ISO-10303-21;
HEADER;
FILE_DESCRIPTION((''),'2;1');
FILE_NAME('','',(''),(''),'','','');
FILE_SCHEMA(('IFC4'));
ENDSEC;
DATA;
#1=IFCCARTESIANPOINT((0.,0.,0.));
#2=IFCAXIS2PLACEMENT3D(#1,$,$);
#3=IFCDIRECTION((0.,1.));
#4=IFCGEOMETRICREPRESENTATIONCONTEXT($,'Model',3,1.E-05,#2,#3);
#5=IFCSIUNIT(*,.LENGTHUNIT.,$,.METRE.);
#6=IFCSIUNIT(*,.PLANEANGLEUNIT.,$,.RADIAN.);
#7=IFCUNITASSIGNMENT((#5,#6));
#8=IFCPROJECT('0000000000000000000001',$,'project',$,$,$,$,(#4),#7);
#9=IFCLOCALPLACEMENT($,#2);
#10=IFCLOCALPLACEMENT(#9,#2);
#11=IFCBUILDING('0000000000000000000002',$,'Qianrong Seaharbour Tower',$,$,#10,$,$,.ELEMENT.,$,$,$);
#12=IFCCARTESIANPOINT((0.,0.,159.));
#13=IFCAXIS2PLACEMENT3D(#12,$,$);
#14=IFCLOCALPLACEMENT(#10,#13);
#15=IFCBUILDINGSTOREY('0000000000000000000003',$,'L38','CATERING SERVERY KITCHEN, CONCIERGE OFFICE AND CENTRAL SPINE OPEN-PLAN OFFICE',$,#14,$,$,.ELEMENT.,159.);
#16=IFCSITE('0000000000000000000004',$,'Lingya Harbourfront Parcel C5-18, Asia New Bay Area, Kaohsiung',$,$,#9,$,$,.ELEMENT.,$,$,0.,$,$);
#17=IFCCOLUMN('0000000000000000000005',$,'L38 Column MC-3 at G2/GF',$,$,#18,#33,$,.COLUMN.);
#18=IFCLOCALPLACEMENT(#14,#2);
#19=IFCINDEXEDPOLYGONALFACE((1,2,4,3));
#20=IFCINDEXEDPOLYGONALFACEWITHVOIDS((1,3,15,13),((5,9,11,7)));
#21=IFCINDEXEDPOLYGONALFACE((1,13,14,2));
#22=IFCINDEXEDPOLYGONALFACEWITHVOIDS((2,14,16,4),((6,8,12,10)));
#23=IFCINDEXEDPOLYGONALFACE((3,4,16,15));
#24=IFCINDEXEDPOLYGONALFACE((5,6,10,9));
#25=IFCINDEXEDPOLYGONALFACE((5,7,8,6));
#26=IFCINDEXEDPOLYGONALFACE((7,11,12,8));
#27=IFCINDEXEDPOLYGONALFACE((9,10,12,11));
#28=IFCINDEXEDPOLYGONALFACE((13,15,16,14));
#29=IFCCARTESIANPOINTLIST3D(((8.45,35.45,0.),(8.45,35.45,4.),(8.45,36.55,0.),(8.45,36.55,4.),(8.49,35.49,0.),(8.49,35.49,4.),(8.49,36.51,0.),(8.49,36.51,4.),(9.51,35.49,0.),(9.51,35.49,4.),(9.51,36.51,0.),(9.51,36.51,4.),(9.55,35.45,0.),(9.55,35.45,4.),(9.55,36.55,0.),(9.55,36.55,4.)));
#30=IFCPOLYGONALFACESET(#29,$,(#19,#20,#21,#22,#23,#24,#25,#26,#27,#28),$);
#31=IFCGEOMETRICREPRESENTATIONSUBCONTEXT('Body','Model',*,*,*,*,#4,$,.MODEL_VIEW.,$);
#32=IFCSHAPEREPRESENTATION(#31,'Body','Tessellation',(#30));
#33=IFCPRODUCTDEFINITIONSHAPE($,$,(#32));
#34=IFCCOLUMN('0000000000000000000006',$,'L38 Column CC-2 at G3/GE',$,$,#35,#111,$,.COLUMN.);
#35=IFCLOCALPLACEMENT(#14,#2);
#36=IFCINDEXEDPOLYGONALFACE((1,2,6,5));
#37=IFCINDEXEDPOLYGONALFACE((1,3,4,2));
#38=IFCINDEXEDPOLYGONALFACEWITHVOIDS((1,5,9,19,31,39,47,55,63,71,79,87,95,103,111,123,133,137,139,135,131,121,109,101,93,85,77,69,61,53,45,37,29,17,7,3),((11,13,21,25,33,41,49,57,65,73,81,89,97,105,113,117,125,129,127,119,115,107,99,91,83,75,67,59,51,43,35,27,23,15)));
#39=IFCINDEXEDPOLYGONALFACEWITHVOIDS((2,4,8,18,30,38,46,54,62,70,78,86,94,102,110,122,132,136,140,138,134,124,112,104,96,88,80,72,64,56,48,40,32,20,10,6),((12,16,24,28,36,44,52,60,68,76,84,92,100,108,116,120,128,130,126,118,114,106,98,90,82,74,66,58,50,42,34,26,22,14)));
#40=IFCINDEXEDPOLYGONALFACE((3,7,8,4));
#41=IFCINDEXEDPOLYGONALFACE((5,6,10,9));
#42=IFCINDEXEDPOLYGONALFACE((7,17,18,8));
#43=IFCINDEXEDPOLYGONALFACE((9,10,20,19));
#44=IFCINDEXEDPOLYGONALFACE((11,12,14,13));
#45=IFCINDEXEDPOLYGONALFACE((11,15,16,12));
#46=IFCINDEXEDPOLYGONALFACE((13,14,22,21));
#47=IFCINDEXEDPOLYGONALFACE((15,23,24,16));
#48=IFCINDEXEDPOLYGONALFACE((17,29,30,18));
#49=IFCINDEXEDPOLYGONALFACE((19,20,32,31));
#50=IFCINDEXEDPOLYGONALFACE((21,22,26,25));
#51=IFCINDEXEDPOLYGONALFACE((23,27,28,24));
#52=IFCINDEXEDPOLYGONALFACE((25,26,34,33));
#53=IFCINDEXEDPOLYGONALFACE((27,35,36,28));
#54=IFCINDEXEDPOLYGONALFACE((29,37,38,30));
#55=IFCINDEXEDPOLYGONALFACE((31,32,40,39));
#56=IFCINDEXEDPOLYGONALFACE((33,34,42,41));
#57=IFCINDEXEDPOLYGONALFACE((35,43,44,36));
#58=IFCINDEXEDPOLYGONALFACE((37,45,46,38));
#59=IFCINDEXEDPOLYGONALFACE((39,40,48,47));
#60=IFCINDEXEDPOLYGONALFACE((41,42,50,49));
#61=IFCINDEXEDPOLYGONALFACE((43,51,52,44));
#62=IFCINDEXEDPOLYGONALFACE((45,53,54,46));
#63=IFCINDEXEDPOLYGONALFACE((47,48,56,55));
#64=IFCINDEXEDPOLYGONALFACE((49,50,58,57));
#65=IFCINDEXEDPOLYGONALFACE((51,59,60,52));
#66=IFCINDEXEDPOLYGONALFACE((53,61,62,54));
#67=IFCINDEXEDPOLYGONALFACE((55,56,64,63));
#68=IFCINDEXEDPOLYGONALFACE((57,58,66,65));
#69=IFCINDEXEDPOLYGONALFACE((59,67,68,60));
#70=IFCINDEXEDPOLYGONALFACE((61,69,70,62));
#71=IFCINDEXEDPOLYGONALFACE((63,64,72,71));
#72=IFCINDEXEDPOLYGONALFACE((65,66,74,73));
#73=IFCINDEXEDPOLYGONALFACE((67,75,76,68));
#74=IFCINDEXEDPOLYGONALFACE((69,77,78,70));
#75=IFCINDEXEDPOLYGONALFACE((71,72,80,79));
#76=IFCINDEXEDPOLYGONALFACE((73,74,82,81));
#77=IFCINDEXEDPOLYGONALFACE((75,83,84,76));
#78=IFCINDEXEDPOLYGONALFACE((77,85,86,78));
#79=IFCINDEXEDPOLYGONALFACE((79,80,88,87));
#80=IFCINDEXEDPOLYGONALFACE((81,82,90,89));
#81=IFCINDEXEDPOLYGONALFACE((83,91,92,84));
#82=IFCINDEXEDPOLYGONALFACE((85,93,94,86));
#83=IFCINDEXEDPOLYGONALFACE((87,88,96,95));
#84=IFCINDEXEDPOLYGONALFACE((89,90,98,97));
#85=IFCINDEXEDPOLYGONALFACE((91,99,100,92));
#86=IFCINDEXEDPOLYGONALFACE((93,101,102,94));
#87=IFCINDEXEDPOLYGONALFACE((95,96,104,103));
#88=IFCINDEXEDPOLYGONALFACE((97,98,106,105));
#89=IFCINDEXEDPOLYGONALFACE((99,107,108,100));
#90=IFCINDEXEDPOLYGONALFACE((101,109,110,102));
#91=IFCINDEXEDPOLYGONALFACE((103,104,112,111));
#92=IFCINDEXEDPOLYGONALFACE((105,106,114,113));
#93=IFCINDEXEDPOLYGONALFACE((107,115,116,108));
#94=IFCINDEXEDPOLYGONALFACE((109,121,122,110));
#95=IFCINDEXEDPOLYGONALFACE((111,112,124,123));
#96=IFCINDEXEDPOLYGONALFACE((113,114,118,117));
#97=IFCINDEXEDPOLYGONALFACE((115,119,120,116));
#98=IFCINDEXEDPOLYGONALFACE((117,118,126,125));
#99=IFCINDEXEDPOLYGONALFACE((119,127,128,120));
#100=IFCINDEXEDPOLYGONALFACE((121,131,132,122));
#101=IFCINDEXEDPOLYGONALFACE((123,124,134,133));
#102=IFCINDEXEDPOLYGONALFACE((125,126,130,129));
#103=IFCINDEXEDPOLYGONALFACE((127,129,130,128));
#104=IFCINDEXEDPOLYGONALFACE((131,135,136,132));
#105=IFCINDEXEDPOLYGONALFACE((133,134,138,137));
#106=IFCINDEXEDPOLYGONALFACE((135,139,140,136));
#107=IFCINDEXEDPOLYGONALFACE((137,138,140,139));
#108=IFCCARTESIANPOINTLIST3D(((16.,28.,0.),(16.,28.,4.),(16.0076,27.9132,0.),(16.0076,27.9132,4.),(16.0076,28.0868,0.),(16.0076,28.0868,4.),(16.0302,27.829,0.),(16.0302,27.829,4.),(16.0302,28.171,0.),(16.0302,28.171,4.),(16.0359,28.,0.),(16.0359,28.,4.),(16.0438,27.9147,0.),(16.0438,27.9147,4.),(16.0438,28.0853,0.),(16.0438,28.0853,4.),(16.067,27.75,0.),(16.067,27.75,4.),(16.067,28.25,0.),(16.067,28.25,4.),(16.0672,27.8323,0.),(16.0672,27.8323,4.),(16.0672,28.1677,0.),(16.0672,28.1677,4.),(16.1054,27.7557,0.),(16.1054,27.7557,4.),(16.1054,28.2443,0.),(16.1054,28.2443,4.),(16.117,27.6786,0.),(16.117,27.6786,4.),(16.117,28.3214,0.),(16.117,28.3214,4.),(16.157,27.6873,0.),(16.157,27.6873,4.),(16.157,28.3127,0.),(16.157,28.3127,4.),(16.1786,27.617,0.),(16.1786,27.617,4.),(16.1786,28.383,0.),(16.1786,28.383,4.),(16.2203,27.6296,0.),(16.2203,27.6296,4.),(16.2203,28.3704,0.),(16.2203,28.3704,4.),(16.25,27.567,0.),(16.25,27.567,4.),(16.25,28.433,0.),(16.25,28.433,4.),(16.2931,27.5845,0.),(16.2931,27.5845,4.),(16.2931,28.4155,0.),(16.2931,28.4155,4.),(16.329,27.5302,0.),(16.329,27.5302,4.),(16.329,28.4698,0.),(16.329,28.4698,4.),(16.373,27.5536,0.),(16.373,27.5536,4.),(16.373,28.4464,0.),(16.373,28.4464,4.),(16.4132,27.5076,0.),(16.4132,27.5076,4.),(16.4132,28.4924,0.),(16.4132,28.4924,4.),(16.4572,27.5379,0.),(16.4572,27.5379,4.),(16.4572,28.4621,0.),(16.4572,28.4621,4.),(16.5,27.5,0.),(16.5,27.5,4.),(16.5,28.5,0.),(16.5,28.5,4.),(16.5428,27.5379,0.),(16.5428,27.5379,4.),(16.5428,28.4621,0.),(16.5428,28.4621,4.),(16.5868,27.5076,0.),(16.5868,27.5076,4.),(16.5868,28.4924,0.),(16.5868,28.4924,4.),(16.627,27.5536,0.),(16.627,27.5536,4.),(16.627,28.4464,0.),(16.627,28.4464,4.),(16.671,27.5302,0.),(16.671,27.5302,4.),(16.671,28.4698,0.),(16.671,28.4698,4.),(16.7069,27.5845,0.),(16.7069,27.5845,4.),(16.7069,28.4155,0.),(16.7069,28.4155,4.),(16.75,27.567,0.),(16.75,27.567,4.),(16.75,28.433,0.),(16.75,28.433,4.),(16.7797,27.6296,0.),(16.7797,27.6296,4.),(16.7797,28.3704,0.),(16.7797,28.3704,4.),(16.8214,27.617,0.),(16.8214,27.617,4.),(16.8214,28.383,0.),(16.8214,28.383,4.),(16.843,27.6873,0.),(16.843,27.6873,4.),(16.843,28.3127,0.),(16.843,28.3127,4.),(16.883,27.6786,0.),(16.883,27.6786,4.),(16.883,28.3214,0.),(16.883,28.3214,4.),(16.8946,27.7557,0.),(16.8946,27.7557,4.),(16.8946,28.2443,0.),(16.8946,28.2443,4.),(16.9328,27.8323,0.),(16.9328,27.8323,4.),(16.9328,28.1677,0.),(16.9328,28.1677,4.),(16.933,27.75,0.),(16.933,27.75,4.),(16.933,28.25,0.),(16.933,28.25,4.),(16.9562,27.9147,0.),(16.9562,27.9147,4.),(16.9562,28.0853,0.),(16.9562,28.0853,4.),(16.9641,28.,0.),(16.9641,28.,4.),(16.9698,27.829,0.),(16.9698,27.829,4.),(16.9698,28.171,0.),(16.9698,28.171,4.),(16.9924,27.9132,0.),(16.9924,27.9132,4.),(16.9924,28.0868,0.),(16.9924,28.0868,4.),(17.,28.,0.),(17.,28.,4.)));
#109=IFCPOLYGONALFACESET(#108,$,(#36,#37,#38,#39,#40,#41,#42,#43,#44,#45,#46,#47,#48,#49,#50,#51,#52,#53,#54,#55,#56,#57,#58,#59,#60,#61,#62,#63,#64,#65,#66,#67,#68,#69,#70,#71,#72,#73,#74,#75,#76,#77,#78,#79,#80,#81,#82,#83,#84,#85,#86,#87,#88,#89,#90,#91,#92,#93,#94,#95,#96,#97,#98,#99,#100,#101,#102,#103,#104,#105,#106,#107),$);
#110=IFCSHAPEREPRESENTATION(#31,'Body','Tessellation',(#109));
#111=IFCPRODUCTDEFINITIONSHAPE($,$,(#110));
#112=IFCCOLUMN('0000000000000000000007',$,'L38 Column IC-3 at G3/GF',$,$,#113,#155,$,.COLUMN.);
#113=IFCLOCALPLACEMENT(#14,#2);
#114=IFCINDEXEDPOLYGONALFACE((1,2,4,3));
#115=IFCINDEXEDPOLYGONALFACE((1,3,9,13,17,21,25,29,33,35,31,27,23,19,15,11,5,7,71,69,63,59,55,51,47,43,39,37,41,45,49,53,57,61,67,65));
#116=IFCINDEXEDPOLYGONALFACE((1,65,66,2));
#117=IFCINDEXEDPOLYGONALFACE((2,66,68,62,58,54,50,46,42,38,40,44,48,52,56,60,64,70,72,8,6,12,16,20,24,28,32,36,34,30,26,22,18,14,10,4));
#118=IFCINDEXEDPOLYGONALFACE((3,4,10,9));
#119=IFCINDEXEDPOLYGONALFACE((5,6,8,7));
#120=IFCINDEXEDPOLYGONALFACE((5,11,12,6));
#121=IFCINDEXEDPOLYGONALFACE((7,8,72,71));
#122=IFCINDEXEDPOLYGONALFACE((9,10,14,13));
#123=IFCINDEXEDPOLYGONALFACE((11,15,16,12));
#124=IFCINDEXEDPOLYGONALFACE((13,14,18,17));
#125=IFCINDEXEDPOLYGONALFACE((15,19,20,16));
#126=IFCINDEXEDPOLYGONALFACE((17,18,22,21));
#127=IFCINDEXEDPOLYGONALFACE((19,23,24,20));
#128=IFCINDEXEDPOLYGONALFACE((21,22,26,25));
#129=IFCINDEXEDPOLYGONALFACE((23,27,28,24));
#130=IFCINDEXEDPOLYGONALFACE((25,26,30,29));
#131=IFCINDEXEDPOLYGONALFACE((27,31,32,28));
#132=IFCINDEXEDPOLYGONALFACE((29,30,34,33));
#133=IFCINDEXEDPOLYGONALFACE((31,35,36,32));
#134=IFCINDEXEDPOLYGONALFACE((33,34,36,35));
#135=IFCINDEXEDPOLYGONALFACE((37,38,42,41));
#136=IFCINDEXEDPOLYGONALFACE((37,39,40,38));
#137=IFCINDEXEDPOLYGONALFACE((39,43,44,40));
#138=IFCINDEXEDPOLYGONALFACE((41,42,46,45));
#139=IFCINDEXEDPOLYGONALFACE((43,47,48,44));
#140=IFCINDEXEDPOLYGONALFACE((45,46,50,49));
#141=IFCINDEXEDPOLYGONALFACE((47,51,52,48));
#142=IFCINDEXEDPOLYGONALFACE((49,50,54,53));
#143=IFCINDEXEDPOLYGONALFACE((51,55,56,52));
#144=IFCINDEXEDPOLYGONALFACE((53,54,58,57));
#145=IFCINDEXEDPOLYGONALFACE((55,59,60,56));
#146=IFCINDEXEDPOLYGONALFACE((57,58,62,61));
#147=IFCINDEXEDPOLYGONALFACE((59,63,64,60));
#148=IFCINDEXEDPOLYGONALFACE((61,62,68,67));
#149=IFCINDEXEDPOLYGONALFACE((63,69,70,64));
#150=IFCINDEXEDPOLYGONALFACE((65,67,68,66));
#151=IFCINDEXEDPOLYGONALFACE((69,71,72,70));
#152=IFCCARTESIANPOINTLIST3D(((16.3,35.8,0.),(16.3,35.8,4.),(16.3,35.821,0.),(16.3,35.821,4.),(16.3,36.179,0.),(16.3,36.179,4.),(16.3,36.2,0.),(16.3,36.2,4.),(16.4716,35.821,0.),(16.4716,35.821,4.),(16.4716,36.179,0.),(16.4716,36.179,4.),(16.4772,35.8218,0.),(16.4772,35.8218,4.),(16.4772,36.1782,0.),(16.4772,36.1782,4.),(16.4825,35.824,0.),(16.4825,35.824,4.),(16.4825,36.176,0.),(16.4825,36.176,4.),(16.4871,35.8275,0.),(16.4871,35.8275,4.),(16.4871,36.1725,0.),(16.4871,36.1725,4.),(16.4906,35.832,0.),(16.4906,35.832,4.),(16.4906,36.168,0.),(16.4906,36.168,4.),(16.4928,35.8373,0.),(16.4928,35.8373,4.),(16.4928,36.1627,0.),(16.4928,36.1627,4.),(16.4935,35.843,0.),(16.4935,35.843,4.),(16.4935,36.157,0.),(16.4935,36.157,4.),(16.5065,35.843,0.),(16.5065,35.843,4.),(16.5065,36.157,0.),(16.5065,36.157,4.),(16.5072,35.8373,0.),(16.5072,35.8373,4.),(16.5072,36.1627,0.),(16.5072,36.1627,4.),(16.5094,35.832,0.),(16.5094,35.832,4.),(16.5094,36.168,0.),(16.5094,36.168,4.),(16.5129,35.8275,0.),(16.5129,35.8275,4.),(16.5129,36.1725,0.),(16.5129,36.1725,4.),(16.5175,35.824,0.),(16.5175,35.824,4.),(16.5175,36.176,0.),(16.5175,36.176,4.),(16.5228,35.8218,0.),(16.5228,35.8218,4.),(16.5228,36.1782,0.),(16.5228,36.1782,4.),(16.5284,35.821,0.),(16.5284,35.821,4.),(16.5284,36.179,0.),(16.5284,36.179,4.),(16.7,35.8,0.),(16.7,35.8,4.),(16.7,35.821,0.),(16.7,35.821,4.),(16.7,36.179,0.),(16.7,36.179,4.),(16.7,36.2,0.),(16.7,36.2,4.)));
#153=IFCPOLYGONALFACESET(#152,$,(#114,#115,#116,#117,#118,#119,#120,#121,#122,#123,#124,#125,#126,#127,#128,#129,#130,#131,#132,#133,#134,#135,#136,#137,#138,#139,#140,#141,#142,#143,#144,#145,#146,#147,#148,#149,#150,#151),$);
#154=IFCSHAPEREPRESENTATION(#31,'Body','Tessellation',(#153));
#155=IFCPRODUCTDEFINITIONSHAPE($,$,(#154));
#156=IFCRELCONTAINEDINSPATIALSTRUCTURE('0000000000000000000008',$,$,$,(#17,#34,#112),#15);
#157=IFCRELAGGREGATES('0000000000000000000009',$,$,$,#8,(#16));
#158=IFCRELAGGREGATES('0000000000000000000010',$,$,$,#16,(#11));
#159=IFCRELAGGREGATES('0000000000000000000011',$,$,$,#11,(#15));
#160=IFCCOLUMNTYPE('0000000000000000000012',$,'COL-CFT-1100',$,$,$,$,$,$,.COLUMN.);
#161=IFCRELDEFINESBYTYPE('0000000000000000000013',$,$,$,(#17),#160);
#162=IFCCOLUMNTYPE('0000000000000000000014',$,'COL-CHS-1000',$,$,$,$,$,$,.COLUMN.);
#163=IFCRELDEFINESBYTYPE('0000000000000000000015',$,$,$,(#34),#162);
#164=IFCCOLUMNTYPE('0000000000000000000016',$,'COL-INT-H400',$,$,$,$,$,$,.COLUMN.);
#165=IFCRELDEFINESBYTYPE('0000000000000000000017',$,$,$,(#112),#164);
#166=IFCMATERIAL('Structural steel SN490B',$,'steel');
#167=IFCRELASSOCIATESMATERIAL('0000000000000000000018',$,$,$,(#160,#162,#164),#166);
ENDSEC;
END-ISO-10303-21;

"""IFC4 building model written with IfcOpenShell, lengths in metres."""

from ifc_helpers import new_model, si_unit, direction, frame, origin, origin_2d, place, context, subcontext, project, spatial, hollow_rectangle, hollow_circle, i_section, extrude, material, material_profile, profile_set, type_object, element, save


model = new_model("IFC4")

# Units and contexts
model_context = context("Model", 3, precision=1e-05, world=origin(), true_north=direction((0.0, 1.0)))
body_context = subcontext(model_context, "Body", "Model", "MODEL_VIEW")
ifc_project = project(units=[si_unit("LENGTHUNIT", "METRE"), si_unit("PLANEANGLEUNIT", "RADIAN")], contexts=[model_context])

# Site, building, storey
site_placement = place(None, origin())
site = spatial("IfcSite", under=ifc_project, at=site_placement, Name="Lingya Harbourfront Parcel C5-18, Asia New Bay Area, Kaohsiung", CompositionType="ELEMENT", RefElevation=0.0)
building_placement = place(site_placement, origin())
building = spatial("IfcBuilding", under=site, at=building_placement, Name="Qianrong Seaharbour Tower", CompositionType="ELEMENT")
storey_placement = place(building_placement, frame((0.0, 0.0, 159.0)))
storey = spatial("IfcBuildingStorey", under=building, at=storey_placement, Name="L38", Description="CATERING SERVERY KITCHEN, CONCIERGE OFFICE AND CENTRAL SPINE OPEN-PLAN OFFICE", CompositionType="ELEMENT", Elevation=159.0)

# Columns
ifc_material_1 = material(Name="Structural steel SN490B", Category="steel")
ifc_material_profile_1 = material_profile(ifc_material_1, hollow_rectangle(XDim=1.1001, YDim=1.1001, WallThickness=0.04, at=origin_2d()), Name="BOX1100x1100x40")
ifc_profile_set_1 = profile_set([ifc_material_profile_1], Name="Structural steel SN490B")
column_type_1 = type_object("IfcColumnType", Name="COL-CFT-1100", PredefinedType="COLUMN", material=ifc_profile_set_1)
column_1_placement = place(storey_placement, frame((9.0, 36.0, 0.0), z_axis=(0.0, 0.0, 1.0), x_axis=(1.0, 0.0, 0.0)))
element("IfcColumn", 1, at=column_1_placement, inside=storey, type_object=column_type_1, Name="L38 Column MC-3 at G2/GF", PredefinedType="COLUMN", context=body_context, shape_type="SweptSolid", body=[
    extrude(hollow_rectangle(XDim=1.1001, YDim=1.1001, WallThickness=0.04, at=origin_2d()), origin(), (0.0, 0.0, 1.0), 4.0),
])
ifc_material_profile_2 = material_profile(ifc_material_1, hollow_circle(Radius=0.5, WallThickness=0.0359, at=origin_2d()), Name="CHS1000x36")
ifc_profile_set_2 = profile_set([ifc_material_profile_2], Name="Structural steel SN490B")
column_type_2 = type_object("IfcColumnType", Name="COL-CHS-1000", PredefinedType="COLUMN", material=ifc_profile_set_2)
column_2_placement = place(storey_placement, frame((16.5, 28.0, 0.0), z_axis=(0.0, 0.0, 1.0), x_axis=(1.0, 0.0, 0.0)))
element("IfcColumn", 2, at=column_2_placement, inside=storey, type_object=column_type_2, Name="L38 Column CC-2 at G3/GE", PredefinedType="COLUMN", context=body_context, shape_type="SweptSolid", body=[
    extrude(hollow_circle(Radius=0.5, WallThickness=0.0359, at=origin_2d()), origin(), (0.0, 0.0, 1.0), 4.0),
])
ifc_material_profile_3 = material_profile(ifc_material_1, i_section(OverallWidth=0.3999, OverallDepth=0.3999, WebThickness=0.0129, FlangeThickness=0.021, FilletRadius=0.022, at=origin_2d()), Name="H400x400x13x21")
ifc_profile_set_3 = profile_set([ifc_material_profile_3], Name="Structural steel SN490B")
column_type_3 = type_object("IfcColumnType", Name="COL-INT-H400", PredefinedType="COLUMN", material=ifc_profile_set_3)
column_3_placement = place(storey_placement, frame((16.5, 36.0, 0.0), z_axis=(0.0, 0.0, 1.0), x_axis=(1.0, 0.0, 0.0)))
element("IfcColumn", 3, at=column_3_placement, inside=storey, type_object=column_type_3, Name="L38 Column IC-3 at G3/GF", PredefinedType="COLUMN", context=body_context, shape_type="SweptSolid", body=[
    extrude(i_section(OverallWidth=0.3999, OverallDepth=0.3999, WebThickness=0.0129, FlangeThickness=0.021, FilletRadius=0.022, at=origin_2d()), origin(), (0.0, 0.0, 1.0), 4.0),
])

save(model, "model.ifc")
